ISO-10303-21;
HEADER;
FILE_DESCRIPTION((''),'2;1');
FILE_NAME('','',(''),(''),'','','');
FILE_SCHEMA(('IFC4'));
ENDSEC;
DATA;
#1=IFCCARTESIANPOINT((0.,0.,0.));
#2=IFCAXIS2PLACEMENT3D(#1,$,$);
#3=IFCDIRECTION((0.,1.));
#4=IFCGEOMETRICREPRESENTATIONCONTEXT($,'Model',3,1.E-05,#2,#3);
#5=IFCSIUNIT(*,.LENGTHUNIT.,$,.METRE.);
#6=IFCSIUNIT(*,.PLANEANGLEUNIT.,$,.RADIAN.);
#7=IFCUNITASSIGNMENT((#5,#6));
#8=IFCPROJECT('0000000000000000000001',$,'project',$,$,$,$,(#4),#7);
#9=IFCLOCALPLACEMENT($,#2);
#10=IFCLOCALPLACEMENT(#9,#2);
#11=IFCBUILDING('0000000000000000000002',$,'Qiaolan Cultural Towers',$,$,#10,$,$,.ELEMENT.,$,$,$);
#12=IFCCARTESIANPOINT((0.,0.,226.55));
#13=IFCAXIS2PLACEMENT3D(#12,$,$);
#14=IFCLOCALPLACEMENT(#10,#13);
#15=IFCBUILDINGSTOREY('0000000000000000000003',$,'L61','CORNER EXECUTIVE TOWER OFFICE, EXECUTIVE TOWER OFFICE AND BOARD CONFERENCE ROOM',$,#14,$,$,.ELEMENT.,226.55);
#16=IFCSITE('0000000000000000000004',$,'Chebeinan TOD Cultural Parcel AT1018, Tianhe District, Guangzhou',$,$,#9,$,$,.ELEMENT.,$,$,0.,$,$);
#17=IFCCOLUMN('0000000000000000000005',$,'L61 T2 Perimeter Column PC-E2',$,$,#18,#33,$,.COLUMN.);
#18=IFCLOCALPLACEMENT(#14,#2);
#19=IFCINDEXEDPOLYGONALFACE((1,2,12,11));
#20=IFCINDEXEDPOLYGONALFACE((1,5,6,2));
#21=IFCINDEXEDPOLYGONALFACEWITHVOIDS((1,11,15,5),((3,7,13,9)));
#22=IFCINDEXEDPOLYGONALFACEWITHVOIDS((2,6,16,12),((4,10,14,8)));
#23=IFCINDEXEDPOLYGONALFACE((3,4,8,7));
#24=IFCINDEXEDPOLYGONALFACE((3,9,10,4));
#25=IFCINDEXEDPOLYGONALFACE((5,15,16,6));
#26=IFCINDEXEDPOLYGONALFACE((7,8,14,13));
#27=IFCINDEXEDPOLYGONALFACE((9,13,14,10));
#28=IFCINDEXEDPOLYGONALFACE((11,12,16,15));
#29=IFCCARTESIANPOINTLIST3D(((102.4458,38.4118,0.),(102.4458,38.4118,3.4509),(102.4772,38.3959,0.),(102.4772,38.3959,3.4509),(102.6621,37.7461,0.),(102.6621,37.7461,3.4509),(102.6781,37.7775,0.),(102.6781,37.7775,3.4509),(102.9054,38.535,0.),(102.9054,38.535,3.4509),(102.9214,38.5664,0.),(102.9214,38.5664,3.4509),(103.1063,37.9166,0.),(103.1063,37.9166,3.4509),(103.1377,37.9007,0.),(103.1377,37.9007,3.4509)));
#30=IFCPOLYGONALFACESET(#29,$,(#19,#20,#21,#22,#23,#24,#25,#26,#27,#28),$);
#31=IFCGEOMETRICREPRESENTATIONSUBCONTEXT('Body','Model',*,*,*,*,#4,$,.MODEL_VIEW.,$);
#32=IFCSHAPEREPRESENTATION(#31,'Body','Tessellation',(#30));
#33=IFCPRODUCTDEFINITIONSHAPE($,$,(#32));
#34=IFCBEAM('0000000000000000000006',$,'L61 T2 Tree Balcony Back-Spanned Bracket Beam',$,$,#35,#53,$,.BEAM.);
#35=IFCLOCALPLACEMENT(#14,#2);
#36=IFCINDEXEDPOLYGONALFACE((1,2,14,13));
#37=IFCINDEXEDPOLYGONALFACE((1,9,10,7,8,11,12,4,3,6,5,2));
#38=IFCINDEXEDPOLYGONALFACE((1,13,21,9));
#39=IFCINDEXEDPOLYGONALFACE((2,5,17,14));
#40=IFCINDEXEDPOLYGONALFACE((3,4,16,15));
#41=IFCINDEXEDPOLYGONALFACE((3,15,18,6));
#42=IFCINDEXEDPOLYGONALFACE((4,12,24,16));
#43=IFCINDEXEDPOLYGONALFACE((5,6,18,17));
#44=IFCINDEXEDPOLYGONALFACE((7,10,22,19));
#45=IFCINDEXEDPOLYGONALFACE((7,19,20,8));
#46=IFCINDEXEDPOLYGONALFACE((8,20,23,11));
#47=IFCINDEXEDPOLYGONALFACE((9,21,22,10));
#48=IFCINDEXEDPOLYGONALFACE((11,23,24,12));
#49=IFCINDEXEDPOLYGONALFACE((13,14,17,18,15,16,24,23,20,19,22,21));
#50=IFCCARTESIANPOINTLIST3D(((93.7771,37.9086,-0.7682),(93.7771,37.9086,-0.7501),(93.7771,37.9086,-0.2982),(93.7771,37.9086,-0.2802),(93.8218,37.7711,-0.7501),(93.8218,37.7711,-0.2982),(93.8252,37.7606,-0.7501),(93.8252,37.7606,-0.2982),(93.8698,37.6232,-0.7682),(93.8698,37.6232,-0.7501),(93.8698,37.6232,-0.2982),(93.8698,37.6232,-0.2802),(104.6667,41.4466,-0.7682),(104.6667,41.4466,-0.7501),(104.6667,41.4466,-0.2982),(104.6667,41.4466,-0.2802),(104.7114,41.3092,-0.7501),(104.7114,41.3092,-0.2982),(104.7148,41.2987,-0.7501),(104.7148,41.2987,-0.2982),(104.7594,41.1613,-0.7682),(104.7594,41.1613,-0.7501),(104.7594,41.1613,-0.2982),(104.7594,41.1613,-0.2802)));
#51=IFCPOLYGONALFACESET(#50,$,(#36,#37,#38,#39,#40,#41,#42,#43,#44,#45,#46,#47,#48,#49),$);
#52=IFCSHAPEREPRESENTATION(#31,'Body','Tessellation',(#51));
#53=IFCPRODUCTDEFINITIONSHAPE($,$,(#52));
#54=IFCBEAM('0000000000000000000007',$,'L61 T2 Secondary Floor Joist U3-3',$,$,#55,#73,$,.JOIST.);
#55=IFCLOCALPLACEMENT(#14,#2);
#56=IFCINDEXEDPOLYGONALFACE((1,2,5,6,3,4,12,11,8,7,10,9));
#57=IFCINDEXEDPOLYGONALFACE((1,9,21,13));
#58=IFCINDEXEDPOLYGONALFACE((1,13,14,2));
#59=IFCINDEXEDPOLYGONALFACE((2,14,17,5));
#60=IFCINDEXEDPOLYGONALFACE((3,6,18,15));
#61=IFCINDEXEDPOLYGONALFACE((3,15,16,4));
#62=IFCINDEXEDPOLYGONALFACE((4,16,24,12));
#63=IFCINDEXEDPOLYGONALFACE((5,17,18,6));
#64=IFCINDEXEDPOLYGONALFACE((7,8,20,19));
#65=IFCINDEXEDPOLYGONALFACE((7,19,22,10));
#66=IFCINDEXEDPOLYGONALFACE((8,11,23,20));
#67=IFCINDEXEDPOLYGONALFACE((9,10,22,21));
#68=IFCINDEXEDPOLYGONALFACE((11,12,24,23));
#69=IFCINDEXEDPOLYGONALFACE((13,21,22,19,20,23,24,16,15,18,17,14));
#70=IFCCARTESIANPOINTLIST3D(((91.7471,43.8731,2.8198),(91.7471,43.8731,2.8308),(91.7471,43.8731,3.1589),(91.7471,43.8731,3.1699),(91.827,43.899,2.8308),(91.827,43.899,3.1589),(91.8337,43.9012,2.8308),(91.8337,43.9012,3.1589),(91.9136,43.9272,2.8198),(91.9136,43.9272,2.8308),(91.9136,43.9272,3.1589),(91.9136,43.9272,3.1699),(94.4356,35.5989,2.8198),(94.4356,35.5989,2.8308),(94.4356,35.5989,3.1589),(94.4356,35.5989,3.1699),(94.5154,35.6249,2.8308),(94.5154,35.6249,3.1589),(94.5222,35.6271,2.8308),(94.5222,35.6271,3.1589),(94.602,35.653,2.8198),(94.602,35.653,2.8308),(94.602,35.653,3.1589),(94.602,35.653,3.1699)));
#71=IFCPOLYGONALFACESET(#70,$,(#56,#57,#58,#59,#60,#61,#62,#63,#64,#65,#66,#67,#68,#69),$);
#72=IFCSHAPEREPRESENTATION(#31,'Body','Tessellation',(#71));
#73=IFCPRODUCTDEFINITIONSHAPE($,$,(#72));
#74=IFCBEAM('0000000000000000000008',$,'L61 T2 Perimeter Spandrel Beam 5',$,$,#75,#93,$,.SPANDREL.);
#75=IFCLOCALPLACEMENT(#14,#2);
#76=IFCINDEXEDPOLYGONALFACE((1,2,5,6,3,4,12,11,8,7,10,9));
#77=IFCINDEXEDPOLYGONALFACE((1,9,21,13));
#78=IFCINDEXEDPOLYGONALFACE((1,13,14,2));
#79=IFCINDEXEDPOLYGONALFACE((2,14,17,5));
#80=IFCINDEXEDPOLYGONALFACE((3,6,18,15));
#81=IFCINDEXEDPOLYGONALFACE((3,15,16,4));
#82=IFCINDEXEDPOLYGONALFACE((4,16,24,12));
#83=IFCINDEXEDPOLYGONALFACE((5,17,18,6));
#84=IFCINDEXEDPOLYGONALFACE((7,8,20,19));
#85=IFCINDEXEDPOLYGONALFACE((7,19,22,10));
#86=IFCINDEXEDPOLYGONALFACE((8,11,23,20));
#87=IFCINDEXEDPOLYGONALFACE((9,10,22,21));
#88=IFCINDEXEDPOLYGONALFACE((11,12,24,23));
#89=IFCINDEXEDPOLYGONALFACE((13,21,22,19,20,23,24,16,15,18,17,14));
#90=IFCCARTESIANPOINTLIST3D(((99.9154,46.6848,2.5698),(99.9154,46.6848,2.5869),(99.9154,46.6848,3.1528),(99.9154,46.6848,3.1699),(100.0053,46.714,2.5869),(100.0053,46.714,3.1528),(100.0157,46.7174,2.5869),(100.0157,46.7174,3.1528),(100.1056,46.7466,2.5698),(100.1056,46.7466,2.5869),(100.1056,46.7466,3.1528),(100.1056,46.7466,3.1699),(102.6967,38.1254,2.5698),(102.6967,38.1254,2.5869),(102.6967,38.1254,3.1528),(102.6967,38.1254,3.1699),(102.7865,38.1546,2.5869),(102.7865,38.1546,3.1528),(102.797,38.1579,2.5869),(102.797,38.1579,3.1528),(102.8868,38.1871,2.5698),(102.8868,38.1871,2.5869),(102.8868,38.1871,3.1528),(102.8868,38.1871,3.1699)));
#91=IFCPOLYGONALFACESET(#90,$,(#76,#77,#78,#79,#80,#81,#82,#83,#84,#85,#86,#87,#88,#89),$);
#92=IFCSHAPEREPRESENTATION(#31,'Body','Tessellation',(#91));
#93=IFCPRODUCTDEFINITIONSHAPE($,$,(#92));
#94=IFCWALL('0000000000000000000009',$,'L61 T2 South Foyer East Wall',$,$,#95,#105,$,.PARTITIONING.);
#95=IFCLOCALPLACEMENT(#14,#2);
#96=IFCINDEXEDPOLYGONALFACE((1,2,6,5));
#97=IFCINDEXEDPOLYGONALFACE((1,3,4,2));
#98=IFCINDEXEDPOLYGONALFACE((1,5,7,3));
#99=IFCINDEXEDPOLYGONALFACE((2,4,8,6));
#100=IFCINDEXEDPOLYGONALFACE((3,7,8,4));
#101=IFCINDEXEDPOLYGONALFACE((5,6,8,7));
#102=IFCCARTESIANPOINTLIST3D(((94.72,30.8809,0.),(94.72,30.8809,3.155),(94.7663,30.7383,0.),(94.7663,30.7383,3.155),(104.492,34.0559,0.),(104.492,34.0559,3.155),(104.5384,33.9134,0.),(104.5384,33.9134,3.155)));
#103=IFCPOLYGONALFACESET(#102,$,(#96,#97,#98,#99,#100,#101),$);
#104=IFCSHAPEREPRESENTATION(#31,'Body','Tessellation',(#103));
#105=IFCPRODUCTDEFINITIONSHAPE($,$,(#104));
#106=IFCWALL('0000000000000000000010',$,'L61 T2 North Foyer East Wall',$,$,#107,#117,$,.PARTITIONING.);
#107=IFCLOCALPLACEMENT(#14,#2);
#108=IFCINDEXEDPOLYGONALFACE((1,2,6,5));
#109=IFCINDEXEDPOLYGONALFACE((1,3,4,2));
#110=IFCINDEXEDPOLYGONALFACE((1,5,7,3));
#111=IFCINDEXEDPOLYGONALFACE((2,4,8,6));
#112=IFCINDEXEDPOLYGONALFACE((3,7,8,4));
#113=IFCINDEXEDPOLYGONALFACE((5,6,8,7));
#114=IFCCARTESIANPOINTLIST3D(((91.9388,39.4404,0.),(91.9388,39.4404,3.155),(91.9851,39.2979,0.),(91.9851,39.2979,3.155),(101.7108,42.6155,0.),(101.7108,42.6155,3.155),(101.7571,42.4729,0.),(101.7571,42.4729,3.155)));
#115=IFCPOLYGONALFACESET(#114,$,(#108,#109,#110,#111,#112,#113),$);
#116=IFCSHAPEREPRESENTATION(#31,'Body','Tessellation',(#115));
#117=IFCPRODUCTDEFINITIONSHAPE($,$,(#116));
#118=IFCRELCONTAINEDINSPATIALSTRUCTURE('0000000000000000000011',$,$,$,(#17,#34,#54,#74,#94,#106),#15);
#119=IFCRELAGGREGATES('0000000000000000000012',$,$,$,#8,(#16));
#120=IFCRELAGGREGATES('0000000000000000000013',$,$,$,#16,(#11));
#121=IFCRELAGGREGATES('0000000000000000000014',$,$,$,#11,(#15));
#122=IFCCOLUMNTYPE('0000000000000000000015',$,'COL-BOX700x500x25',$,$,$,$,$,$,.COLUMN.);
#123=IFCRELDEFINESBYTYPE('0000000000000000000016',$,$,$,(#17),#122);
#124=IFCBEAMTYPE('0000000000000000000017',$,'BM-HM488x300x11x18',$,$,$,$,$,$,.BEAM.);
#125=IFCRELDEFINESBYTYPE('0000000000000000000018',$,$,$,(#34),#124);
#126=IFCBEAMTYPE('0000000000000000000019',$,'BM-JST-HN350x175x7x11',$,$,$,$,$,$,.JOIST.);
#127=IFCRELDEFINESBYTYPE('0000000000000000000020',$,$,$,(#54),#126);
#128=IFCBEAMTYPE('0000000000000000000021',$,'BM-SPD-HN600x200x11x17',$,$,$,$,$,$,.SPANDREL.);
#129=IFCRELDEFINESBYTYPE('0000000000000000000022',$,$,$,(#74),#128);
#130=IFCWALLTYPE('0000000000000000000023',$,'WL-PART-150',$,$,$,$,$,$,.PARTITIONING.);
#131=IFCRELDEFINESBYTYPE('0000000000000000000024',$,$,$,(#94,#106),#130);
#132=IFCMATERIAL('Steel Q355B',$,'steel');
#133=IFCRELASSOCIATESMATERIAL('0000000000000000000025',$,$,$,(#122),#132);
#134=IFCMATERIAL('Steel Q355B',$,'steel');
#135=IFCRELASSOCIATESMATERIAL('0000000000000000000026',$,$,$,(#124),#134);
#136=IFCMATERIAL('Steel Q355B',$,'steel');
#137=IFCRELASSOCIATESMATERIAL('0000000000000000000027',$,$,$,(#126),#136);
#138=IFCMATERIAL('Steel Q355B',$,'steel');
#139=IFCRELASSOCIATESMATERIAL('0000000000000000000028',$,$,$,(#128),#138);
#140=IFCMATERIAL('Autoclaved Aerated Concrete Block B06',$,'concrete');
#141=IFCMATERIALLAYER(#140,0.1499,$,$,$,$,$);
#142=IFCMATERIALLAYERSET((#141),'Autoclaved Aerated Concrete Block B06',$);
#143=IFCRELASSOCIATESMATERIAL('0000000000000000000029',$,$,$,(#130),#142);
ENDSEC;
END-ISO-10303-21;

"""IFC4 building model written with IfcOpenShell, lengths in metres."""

from ifc_helpers import new_model, si_unit, direction, frame, frame_2d, origin, origin_2d, place, context, subcontext, project, spatial, rectangle, hollow_rectangle, i_section, extrude, material, layer, layer_set, material_profile, profile_set, type_object, element, save


model = new_model("IFC4")

# Units and contexts
model_context = context("Model", 3, precision=1e-05, world=origin(), true_north=direction((0.0, 1.0)))
body_context = subcontext(model_context, "Body", "Model", "MODEL_VIEW")
ifc_project = project(units=[si_unit("LENGTHUNIT", "METRE"), si_unit("PLANEANGLEUNIT", "RADIAN")], contexts=[model_context])

# Site, building, storey
site_placement = place(None, origin())
site = spatial("IfcSite", under=ifc_project, at=site_placement, Name="Chebeinan TOD Cultural Parcel AT1018, Tianhe District, Guangzhou", CompositionType="ELEMENT", RefElevation=0.0)
building_placement = place(site_placement, origin())
building = spatial("IfcBuilding", under=site, at=building_placement, Name="Qiaolan Cultural Towers", CompositionType="ELEMENT")
storey_placement = place(building_placement, frame((0.0, 0.0, 226.55)))
storey = spatial("IfcBuildingStorey", under=building, at=storey_placement, Name="L61", Description="CORNER EXECUTIVE TOWER OFFICE, EXECUTIVE TOWER OFFICE AND BOARD CONFERENCE ROOM", CompositionType="ELEMENT", Elevation=226.55)

# Column
ifc_material_1 = material(Name="Steel Q355B", Category="steel")
ifc_material_profile_1 = material_profile(ifc_material_1, hollow_rectangle(XDim=0.5, YDim=0.7, WallThickness=0.0249, at=origin_2d()), Name="BOX700x500x25")
ifc_profile_set_1 = profile_set([ifc_material_profile_1], Name="Steel Q355B")
column_type = type_object("IfcColumnType", Name="COL-BOX700x500x25", PredefinedType="COLUMN", material=ifc_profile_set_1)
column_placement = place(storey_placement, frame((102.7917, 38.1562, 0.0), z_axis=(0.0, 0.0, 1.0), x_axis=(0.951057, 0.309017, 0.0)))
element("IfcColumn", 1, at=column_placement, inside=storey, type_object=column_type, Name="L61 T2 Perimeter Column PC-E2", PredefinedType="COLUMN", context=body_context, shape_type="SweptSolid", body=[
    extrude(hollow_rectangle(XDim=0.5, YDim=0.7, WallThickness=0.0249, at=origin_2d()), origin(), (0.0, 0.0, 1.0), 3.4509),
])

# Beams
ifc_material_2 = material(Name="Steel Q355B", Category="steel")
ifc_material_profile_2 = material_profile(ifc_material_2, i_section(OverallWidth=0.3, OverallDepth=0.488, WebThickness=0.011, FlangeThickness=0.0181, at=origin_2d()), Name="HM488x300x11x18")
ifc_profile_set_2 = profile_set([ifc_material_profile_2], Name="Steel Q355B")
beam_type_1 = type_object("IfcBeamType", Name="BM-HM488x300x11x18", PredefinedType="BEAM", material=ifc_profile_set_2)
beam_1_placement = place(storey_placement, frame((93.8235, 37.7659, -0.5242), z_axis=(0.951061, 0.309003, 0.0), x_axis=(-0.309003, 0.951061, 0.0)))
element("IfcBeam", 2, at=beam_1_placement, inside=storey, type_object=beam_type_1, Name="L61 T2 Tree Balcony Back-Spanned Bracket Beam", PredefinedType="BEAM", context=body_context, shape_type="SweptSolid", body=[
    extrude(i_section(OverallWidth=0.3, OverallDepth=0.488, WebThickness=0.011, FlangeThickness=0.0181, at=origin_2d()), origin(), (0.0, 0.0, 1.0), 11.45),
])
ifc_material_3 = material(Name="Steel Q355B", Category="steel")
ifc_material_profile_3 = material_profile(ifc_material_3, i_section(OverallWidth=0.175, OverallDepth=0.3501, WebThickness=0.0071, FlangeThickness=0.011, at=origin_2d()), Name="HN350x175x7x11")
ifc_profile_set_3 = profile_set([ifc_material_profile_3], Name="Steel Q355B")
beam_type_2 = type_object("IfcBeamType", Name="BM-JST-HN350x175x7x11", PredefinedType="JOIST", material=ifc_profile_set_3)
beam_2_placement = place(storey_placement, frame((94.5188, 35.626, 2.9949), z_axis=(-0.309021, 0.951055, 0.0), x_axis=(-0.951055, -0.309021, 0.0)))
element("IfcBeam", 3, at=beam_2_placement, inside=storey, type_object=beam_type_2, Name="L61 T2 Secondary Floor Joist U3-3", PredefinedType="JOIST", context=body_context, shape_type="SweptSolid", body=[
    extrude(i_section(OverallWidth=0.175, OverallDepth=0.3501, WebThickness=0.0071, FlangeThickness=0.011, at=origin_2d()), origin(), (0.0, 0.0, 1.0), 8.7),
])
ifc_material_4 = material(Name="Steel Q355B", Category="steel")
ifc_material_profile_4 = material_profile(ifc_material_4, i_section(OverallWidth=0.2, OverallDepth=0.6001, WebThickness=0.011, FlangeThickness=0.0171, at=origin_2d()), Name="HN600x200x11x17")
ifc_profile_set_4 = profile_set([ifc_material_profile_4], Name="Steel Q355B")
beam_type_3 = type_object("IfcBeamType", Name="BM-SPD-HN600x200x11x17", PredefinedType="SPANDREL", material=ifc_profile_set_4)
beam_3_placement = place(storey_placement, frame((102.7917, 38.1562, 2.8699), z_axis=(-0.309025, 0.951054, 0.0), x_axis=(-0.951054, -0.309025, 0.0)))
element("IfcBeam", 4, at=beam_3_placement, inside=storey, type_object=beam_type_3, Name="L61 T2 Perimeter Spandrel Beam 5", PredefinedType="SPANDREL", context=body_context, shape_type="SweptSolid", body=[
    extrude(i_section(OverallWidth=0.2, OverallDepth=0.6001, WebThickness=0.011, FlangeThickness=0.0171, at=origin_2d()), origin(), (0.0, 0.0, 1.0), 9.0),
])

# Walls
ifc_material_5 = material(Name="Autoclaved Aerated Concrete Block B06", Category="concrete")
ifc_layer_1 = layer(ifc_material_5, 0.1499)
ifc_layer_set_1 = layer_set([ifc_layer_1], Name="Autoclaved Aerated Concrete Block B06")
wall_type = type_object("IfcWallType", Name="WL-PART-150", PredefinedType="PARTITIONING", material=ifc_layer_set_1)
for number, where, z_axis, x_axis, name in (
    (5, (94.7432, 30.8096, 0.0), (0.0, 0.0, 1.0), (0.951058, 0.309012, 0.0), "L61 T2 South Foyer East Wall"),
    (6, (91.9619, 39.3691, 0.0), (0.0, 0.0, 1.0), (0.951058, 0.309012, 0.0), "L61 T2 North Foyer East Wall"),
):
    element("IfcWall", number, at=place(storey_placement, frame(where, z_axis=z_axis, x_axis=x_axis)), inside=storey, type_object=wall_type, Name=name, PredefinedType="PARTITIONING", context=body_context, shape_type="SweptSolid", body=[
        extrude(rectangle(XDim=10.2749, YDim=0.1499, at=frame_2d((5.1375, 0.0))), origin(), (0.0, 0.0, 1.0), 3.155),
    ])

save(model, "model.ifc")
